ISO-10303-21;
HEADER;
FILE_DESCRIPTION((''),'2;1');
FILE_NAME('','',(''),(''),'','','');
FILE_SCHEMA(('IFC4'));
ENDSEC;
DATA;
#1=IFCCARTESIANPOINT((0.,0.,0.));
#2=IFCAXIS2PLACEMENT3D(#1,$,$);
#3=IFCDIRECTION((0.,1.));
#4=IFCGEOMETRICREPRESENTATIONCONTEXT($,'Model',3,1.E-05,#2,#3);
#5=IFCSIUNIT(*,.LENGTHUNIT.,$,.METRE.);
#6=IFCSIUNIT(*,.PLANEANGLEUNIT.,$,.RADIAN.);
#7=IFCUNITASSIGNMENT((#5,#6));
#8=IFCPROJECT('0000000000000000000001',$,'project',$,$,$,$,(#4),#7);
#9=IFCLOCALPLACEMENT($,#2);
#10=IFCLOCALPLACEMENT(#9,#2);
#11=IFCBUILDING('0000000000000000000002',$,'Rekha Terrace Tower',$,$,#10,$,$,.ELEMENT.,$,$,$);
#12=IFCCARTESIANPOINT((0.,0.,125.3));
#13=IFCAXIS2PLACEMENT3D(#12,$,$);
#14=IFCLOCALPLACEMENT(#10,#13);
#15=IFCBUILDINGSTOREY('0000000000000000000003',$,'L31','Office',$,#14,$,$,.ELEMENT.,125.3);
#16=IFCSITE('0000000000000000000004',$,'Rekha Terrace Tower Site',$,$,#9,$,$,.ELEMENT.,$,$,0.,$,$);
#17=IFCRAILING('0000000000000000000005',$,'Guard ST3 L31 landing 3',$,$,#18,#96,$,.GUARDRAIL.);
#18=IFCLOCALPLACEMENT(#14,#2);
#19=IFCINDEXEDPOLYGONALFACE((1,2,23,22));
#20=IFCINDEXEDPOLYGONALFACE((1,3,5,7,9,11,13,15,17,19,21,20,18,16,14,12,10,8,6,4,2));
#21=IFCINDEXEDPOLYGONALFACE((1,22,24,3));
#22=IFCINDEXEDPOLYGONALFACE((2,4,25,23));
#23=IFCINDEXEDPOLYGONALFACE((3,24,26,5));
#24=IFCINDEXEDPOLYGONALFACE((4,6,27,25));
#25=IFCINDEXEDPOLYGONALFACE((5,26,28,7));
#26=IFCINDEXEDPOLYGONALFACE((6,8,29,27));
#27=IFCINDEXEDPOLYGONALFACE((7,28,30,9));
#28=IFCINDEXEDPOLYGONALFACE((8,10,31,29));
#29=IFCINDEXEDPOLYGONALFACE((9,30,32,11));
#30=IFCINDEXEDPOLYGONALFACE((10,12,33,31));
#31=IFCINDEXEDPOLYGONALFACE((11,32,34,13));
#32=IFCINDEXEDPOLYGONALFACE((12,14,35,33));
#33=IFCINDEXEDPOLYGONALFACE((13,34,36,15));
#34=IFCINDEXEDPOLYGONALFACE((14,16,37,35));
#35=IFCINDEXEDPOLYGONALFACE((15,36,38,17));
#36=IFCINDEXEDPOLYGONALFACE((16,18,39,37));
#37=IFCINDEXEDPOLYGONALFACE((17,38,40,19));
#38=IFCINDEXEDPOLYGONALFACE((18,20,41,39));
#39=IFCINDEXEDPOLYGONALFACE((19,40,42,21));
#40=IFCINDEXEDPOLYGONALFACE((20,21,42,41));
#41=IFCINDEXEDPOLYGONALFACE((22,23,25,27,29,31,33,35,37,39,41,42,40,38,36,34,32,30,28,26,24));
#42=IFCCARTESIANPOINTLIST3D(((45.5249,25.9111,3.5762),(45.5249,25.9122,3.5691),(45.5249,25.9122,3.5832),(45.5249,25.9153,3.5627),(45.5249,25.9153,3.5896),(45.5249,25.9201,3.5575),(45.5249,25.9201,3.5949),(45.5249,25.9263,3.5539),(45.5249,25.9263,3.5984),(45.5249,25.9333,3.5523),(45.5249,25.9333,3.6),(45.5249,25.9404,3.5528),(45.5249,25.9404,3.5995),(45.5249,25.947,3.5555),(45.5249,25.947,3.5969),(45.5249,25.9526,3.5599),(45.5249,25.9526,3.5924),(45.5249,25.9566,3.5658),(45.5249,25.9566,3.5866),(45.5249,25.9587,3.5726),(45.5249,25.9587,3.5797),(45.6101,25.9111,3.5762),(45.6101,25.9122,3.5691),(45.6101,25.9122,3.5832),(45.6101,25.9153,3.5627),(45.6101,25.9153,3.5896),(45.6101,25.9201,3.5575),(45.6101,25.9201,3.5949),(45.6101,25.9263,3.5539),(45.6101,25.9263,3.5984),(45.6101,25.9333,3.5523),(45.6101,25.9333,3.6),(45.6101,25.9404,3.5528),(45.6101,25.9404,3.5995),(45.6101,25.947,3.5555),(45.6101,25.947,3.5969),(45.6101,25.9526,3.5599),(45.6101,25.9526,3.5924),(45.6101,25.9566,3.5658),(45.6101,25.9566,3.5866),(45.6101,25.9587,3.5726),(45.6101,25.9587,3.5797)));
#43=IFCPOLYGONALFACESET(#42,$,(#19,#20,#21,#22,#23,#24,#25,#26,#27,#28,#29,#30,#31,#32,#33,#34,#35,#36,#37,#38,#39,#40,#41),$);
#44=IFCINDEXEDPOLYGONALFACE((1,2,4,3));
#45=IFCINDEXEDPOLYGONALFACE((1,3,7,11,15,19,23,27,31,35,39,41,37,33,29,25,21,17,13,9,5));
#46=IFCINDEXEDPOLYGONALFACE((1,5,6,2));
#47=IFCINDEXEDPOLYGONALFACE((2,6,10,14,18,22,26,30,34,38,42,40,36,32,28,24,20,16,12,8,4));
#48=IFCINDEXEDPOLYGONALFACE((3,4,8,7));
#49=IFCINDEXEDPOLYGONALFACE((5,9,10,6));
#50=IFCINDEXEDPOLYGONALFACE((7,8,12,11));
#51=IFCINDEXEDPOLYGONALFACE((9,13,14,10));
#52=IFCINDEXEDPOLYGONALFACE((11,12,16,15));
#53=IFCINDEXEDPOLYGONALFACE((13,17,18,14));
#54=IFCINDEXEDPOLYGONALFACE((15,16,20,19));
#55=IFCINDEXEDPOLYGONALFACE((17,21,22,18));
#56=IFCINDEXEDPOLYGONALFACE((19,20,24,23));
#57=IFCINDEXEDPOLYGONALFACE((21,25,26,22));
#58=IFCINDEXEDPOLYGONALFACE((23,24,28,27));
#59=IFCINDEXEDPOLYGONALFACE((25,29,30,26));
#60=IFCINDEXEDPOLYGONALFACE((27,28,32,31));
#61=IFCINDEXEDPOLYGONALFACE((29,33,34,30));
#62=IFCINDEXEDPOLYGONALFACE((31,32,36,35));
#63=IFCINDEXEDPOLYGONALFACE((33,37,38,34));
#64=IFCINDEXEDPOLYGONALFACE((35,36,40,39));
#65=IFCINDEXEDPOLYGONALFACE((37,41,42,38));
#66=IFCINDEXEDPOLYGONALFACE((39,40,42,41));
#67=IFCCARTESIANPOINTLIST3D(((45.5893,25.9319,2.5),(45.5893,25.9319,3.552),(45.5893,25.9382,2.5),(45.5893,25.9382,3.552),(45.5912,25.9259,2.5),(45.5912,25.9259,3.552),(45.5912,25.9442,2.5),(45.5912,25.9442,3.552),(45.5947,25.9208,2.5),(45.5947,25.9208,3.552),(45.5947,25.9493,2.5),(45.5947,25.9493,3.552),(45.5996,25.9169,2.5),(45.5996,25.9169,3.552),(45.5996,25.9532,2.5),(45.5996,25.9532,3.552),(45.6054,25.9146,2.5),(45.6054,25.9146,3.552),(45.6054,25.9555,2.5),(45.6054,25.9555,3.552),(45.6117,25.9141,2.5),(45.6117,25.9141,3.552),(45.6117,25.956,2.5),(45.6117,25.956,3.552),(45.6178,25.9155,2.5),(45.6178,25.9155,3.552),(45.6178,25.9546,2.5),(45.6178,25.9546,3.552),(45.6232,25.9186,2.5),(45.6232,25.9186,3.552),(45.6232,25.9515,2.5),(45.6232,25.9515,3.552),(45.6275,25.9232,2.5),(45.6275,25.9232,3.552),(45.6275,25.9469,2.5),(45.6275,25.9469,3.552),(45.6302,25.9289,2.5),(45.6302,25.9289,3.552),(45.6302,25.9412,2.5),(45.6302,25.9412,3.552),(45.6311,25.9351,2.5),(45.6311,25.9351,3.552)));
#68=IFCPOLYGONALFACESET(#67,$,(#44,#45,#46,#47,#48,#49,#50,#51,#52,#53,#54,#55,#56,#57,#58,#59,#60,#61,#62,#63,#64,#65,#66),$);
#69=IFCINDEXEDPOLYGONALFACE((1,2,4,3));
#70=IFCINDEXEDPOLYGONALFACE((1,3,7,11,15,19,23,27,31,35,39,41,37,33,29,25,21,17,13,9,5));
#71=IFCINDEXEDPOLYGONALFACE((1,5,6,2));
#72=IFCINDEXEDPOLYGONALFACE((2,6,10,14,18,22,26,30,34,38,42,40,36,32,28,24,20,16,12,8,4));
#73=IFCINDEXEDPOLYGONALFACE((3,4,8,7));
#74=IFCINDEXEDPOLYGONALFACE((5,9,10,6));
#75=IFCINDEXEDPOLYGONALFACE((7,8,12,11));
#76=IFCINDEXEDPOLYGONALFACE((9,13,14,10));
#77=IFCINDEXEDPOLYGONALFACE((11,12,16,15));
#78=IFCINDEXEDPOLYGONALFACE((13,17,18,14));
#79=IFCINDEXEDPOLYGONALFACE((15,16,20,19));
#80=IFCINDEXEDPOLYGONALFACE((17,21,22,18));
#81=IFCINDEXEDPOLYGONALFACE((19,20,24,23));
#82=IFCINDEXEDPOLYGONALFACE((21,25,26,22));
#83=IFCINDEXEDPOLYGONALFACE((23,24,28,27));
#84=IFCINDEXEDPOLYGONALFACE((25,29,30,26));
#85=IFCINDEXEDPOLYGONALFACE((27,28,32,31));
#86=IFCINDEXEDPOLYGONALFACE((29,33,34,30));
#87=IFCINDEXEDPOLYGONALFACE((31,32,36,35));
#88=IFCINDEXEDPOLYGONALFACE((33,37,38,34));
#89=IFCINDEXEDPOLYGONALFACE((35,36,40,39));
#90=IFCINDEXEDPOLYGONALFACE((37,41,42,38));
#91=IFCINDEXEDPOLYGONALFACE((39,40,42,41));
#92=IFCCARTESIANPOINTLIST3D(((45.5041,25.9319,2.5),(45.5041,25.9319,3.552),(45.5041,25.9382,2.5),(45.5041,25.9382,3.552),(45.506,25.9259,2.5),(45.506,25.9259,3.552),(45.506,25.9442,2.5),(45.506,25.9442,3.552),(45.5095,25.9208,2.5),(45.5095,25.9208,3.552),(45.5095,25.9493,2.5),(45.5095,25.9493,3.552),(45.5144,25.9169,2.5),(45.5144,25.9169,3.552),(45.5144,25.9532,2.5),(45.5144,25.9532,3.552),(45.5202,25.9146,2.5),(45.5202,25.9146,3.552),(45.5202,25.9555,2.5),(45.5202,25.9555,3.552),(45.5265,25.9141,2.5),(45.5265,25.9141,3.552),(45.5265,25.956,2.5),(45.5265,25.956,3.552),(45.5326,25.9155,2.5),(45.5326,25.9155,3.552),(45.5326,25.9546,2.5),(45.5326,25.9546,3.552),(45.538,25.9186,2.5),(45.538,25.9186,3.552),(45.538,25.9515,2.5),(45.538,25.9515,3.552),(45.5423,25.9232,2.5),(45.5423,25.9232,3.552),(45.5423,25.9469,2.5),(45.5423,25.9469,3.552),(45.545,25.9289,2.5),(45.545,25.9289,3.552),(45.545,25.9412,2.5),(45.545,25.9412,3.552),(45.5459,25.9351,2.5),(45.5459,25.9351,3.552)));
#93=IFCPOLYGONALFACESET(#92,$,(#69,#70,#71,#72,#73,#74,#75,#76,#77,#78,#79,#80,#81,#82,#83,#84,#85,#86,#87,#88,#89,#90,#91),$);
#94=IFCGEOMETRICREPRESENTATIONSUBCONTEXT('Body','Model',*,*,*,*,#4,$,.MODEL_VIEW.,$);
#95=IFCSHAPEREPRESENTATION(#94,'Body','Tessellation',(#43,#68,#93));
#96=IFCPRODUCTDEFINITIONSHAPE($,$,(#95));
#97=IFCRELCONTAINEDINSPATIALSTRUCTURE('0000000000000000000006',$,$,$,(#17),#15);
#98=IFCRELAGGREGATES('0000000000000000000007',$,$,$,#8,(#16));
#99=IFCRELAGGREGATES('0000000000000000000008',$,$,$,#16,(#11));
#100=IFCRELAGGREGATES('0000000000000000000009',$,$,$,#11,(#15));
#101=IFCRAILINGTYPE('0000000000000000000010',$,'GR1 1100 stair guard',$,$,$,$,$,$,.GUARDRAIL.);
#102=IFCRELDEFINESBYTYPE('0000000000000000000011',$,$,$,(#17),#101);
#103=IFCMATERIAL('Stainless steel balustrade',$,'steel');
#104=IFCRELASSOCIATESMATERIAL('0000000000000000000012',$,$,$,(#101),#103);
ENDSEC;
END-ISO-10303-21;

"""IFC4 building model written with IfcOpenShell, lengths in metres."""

from ifc_helpers import new_model, si_unit, direction, frame, origin, origin_2d, place, context, subcontext, project, spatial, circle, extrude, material, type_object, element, save


model = new_model("IFC4")

# Units and contexts
model_context = context("Model", 3, precision=1e-05, world=origin(), true_north=direction((0.0, 1.0)))
body_context = subcontext(model_context, "Body", "Model", "MODEL_VIEW")
ifc_project = project(units=[si_unit("LENGTHUNIT", "METRE"), si_unit("PLANEANGLEUNIT", "RADIAN")], contexts=[model_context])

# Site, building, storey
site_placement = place(None, origin())
site = spatial("IfcSite", under=ifc_project, at=site_placement, Name="Rekha Terrace Tower Site", CompositionType="ELEMENT", RefElevation=0.0)
building_placement = place(site_placement, origin())
building = spatial("IfcBuilding", under=site, at=building_placement, Name="Rekha Terrace Tower", CompositionType="ELEMENT")
storey_placement = place(building_placement, frame((0.0, 0.0, 125.3)))
storey = spatial("IfcBuildingStorey", under=building, at=storey_placement, Name="L31", Description="Office", CompositionType="ELEMENT", Elevation=125.3)

# Railing
ifc_material_1 = material(Name="Stainless steel balustrade", Category="steel")
railing_type_1 = type_object("IfcRailingType", Name="GR1 1100 stair guard", PredefinedType="GUARDRAIL", material=ifc_material_1)
railing_1_placement = place(storey_placement, frame((45.6101, 25.9351, 2.5)))
element("IfcRailing", 1, at=railing_1_placement, inside=storey, type_object=railing_type_1, Name="Guard ST3 L31 landing 3", PredefinedType="GUARDRAIL", context=body_context, shape_type="SweptSolid", body=[
    extrude(circle(Radius=0.0239, at=origin_2d()), frame((0.0, 0.0, 1.0762), z_axis=(-1.0, 0.0, 0.0), x_axis=(0.0, -1.0, 0.0)), (0.0, 0.0, 1.0), 0.0852),
    extrude(circle(Radius=0.021, at=origin_2d()), origin(), (0.0, 0.0, 1.0), 1.052),
    extrude(circle(Radius=0.021, at=origin_2d()), frame((-0.0852, 0.0, 0.0)), (0.0, 0.0, 1.0), 1.052),
])

save(model, "model.ifc")
